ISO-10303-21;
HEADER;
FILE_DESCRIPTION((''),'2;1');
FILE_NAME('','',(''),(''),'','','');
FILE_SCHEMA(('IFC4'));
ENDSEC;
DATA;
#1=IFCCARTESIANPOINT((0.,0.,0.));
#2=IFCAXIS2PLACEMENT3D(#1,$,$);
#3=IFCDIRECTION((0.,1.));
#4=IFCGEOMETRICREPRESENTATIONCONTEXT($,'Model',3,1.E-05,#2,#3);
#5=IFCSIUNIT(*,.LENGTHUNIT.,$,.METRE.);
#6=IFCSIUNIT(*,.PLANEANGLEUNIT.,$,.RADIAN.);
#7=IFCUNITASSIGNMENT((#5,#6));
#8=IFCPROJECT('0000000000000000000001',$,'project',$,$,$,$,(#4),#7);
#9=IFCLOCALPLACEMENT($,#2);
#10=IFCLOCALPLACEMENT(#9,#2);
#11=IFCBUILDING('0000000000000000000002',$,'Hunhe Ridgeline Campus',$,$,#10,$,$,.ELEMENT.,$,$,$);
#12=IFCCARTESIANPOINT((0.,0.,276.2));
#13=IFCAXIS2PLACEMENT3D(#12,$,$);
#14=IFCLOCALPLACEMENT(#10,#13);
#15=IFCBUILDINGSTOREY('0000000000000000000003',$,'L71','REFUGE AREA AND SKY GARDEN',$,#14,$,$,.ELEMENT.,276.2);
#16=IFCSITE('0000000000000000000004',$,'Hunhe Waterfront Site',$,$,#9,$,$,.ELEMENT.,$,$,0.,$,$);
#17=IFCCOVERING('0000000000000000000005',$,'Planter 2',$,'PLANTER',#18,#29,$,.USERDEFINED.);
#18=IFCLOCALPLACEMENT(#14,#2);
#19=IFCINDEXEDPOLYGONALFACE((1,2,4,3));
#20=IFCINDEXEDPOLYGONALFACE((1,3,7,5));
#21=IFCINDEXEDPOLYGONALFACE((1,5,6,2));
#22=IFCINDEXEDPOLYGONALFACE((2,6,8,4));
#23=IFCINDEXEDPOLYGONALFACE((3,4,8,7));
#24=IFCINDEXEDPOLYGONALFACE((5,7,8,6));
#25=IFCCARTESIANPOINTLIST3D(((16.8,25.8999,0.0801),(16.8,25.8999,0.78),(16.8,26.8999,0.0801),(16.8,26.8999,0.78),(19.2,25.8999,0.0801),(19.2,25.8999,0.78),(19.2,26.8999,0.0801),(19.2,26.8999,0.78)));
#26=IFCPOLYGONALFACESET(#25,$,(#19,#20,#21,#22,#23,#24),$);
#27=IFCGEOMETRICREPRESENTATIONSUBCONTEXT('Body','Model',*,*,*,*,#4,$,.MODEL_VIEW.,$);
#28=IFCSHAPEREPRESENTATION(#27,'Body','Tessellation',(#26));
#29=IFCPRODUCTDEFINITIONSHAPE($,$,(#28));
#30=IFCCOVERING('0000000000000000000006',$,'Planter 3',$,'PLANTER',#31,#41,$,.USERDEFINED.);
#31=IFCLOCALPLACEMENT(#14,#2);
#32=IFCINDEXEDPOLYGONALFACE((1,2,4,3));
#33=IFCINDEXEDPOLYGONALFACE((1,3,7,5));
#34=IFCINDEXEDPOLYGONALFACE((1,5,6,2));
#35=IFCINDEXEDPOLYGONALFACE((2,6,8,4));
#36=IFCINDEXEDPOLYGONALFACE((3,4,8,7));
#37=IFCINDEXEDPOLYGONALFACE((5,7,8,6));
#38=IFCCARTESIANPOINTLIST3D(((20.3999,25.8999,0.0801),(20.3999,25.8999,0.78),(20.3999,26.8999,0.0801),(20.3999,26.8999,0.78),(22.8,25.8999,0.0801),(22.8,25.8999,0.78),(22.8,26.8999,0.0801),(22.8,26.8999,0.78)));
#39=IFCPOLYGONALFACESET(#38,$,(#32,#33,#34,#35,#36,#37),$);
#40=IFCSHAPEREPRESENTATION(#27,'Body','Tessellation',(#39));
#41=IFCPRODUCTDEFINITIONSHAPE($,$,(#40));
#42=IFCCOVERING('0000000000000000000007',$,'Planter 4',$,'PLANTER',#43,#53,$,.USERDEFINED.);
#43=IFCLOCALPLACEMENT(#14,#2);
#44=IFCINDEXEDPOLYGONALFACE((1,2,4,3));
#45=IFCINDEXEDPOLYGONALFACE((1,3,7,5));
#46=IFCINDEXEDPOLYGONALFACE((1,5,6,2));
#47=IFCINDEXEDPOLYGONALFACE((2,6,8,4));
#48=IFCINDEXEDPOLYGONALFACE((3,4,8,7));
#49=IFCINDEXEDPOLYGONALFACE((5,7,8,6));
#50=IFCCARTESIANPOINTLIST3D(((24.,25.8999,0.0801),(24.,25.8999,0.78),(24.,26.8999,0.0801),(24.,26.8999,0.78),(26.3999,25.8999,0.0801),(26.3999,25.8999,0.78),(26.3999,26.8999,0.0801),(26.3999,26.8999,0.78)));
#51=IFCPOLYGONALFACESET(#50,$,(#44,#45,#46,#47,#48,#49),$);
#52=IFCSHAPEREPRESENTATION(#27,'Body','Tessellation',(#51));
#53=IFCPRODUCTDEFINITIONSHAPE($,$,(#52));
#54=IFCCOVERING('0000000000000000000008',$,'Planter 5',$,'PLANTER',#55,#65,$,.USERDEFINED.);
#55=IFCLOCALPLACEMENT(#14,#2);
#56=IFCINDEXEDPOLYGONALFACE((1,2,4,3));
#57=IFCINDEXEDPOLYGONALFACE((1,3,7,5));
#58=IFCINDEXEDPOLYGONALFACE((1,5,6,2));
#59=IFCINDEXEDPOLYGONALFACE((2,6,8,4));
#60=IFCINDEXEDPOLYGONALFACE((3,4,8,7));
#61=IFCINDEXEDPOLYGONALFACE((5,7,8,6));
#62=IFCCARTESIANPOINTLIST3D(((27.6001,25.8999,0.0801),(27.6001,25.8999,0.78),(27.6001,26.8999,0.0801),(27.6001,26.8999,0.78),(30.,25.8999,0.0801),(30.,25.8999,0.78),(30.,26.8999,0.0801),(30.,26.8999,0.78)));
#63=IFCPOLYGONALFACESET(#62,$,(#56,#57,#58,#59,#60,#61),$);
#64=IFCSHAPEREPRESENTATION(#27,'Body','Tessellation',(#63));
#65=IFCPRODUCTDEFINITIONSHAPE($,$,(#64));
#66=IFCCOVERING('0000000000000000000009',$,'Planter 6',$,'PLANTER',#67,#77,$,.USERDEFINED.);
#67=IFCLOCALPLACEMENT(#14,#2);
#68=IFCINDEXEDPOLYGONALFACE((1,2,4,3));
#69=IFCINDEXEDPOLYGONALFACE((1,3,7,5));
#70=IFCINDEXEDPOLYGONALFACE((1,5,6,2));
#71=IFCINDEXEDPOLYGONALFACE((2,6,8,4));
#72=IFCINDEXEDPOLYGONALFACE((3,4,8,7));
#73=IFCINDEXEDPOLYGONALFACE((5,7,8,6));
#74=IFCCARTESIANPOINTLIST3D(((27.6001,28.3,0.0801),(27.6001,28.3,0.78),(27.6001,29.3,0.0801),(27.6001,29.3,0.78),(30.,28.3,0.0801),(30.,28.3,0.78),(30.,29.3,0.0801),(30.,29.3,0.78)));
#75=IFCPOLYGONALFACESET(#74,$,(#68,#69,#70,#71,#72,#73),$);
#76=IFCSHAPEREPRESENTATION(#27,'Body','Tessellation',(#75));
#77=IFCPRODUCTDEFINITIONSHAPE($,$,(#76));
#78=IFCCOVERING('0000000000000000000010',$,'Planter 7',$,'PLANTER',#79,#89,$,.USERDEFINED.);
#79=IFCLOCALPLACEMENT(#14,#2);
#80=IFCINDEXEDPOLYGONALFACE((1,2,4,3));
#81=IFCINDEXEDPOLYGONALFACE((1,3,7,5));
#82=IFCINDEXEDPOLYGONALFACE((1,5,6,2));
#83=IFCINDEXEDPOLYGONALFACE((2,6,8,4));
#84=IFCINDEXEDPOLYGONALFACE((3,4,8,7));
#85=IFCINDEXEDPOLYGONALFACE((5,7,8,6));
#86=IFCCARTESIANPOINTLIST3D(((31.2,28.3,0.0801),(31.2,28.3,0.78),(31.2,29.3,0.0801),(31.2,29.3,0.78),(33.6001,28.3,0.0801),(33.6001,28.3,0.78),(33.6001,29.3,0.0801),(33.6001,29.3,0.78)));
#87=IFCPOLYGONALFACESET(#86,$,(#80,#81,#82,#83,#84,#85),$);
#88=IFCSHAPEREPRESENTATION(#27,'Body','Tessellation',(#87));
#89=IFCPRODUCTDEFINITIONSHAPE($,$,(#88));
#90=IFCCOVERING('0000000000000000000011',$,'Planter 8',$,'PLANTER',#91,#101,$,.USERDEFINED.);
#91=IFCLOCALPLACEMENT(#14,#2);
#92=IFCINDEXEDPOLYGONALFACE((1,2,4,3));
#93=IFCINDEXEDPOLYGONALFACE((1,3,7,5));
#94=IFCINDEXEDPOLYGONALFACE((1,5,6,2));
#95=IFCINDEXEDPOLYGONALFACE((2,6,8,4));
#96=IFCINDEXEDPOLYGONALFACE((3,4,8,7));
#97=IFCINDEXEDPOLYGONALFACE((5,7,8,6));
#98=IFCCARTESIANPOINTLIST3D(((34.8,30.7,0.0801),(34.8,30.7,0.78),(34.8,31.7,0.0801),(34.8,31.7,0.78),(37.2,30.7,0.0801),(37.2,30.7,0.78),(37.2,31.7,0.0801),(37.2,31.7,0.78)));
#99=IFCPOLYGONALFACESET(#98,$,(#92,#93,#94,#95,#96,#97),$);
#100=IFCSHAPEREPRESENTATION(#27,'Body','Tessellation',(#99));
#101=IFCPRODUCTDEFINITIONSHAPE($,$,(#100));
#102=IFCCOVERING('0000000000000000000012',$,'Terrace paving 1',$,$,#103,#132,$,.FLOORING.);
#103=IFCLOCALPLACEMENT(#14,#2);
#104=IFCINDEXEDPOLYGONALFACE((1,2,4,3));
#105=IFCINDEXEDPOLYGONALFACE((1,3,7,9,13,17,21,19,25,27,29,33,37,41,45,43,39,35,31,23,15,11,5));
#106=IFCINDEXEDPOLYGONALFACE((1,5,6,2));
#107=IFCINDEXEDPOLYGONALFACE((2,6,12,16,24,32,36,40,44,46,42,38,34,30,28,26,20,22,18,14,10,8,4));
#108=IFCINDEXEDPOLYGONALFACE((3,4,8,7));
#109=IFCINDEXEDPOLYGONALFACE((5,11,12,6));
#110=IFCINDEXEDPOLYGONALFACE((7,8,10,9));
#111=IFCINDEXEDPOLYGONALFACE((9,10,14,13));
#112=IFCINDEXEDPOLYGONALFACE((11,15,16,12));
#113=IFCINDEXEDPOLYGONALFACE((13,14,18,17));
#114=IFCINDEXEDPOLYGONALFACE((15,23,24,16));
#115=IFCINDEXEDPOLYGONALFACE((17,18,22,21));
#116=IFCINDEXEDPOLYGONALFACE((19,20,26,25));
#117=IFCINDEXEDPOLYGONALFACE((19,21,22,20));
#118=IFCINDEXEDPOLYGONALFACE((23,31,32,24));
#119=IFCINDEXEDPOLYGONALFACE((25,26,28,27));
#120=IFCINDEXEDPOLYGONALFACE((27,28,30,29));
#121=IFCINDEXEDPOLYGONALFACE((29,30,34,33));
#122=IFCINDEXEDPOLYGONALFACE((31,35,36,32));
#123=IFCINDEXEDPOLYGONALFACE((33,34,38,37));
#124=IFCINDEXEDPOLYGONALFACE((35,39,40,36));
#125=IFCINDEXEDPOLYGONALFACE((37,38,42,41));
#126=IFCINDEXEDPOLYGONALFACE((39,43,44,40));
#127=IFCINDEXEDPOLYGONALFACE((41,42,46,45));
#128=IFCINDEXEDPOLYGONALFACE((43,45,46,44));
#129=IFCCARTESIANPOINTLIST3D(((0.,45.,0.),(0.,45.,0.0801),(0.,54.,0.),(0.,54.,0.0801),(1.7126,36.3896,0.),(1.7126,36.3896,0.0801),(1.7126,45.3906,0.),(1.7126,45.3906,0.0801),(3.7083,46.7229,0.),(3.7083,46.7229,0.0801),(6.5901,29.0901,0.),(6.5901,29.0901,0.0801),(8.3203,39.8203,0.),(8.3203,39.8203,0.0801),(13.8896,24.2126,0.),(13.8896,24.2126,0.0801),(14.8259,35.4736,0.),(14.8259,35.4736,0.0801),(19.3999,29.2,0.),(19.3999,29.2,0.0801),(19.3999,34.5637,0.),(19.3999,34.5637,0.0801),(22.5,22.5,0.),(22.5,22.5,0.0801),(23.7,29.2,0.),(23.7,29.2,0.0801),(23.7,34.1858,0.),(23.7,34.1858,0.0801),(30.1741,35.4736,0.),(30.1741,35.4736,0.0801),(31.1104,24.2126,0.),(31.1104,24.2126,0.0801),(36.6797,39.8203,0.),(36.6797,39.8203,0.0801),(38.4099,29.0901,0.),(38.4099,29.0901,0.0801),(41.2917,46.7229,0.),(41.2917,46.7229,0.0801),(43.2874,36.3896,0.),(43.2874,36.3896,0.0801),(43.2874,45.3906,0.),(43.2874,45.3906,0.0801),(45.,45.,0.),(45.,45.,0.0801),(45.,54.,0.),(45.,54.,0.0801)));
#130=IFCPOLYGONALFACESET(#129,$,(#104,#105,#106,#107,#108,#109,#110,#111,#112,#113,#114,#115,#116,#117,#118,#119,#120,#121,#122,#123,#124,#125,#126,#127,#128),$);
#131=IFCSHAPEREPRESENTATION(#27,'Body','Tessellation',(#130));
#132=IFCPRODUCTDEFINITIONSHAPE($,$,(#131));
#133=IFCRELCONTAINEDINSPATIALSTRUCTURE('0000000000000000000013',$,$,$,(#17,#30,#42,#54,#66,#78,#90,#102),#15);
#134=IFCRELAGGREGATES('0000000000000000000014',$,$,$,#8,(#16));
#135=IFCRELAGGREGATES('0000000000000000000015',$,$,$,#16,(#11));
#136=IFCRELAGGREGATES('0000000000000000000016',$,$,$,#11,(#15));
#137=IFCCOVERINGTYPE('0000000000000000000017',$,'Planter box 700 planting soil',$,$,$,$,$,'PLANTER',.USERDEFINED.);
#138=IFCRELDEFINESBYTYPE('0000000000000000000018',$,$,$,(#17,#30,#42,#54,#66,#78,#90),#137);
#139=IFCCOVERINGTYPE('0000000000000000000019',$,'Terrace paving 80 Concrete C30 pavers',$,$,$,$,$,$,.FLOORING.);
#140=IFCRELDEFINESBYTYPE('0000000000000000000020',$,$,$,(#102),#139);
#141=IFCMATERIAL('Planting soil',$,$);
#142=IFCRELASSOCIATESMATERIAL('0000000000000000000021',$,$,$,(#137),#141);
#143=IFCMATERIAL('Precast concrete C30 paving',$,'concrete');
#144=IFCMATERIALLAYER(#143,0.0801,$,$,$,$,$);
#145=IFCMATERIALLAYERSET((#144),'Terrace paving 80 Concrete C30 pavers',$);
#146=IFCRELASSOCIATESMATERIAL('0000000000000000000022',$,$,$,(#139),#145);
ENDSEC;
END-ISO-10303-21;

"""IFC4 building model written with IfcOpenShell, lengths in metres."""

from ifc_helpers import new_model, si_unit, direction, frame, origin, place, context, subcontext, project, spatial, polyline, outline, extrude, material, layer, layer_set, type_object, element, save


model = new_model("IFC4")

# Units and contexts
model_context = context("Model", 3, precision=1e-05, world=origin(), true_north=direction((0.0, 1.0)))
body_context = subcontext(model_context, "Body", "Model", "MODEL_VIEW")
ifc_project = project(units=[si_unit("LENGTHUNIT", "METRE"), si_unit("PLANEANGLEUNIT", "RADIAN")], contexts=[model_context])

# Site, building, storey
site_placement = place(None, origin())
site = spatial("IfcSite", under=ifc_project, at=site_placement, Name="Hunhe Waterfront Site", CompositionType="ELEMENT", RefElevation=0.0)
building_placement = place(site_placement, origin())
building = spatial("IfcBuilding", under=site, at=building_placement, Name="Hunhe Ridgeline Campus", CompositionType="ELEMENT")
storey_placement = place(building_placement, frame((0.0, 0.0, 276.2)))
storey = spatial("IfcBuildingStorey", under=building, at=storey_placement, Name="L71", Description="REFUGE AREA AND SKY GARDEN", CompositionType="ELEMENT", Elevation=276.2)

# Coverings
ifc_material_1 = material(Name="Planting soil")
covering_type_1 = type_object("IfcCoveringType", Name="Planter box 700 planting soil", ElementType="PLANTER", PredefinedType="USERDEFINED", material=ifc_material_1)
covering_1_placement = place(storey_placement, frame((0.0, 0.0, 0.0801)))
element("IfcCovering", 1, at=covering_1_placement, inside=storey, type_object=covering_type_1, Name="Planter 2", ObjectType="PLANTER", PredefinedType="USERDEFINED", context=body_context, shape_type="SweptSolid", body=[
    extrude(outline(polyline([(16.8, 25.8999), (19.2, 25.8999), (19.2, 26.8999), (16.8, 26.8999), (16.8, 25.8999)])), origin(), (0.0, 0.0, 1.0), 0.7),
])
covering_2_placement = place(storey_placement, frame((0.0, 0.0, 0.0801)))
element("IfcCovering", 2, at=covering_2_placement, inside=storey, type_object=covering_type_1, Name="Planter 3", ObjectType="PLANTER", PredefinedType="USERDEFINED", context=body_context, shape_type="SweptSolid", body=[
    extrude(outline(polyline([(20.3999, 25.8999), (22.8, 25.8999), (22.8, 26.8999), (20.3999, 26.8999), (20.3999, 25.8999)])), origin(), (0.0, 0.0, 1.0), 0.7),
])
covering_3_placement = place(storey_placement, frame((0.0, 0.0, 0.0801)))
element("IfcCovering", 3, at=covering_3_placement, inside=storey, type_object=covering_type_1, Name="Planter 4", ObjectType="PLANTER", PredefinedType="USERDEFINED", context=body_context, shape_type="SweptSolid", body=[
    extrude(outline(polyline([(24.0, 25.8999), (26.3999, 25.8999), (26.3999, 26.8999), (24.0, 26.8999), (24.0, 25.8999)])), origin(), (0.0, 0.0, 1.0), 0.7),
])
covering_4_placement = place(storey_placement, frame((0.0, 0.0, 0.0801)))
element("IfcCovering", 4, at=covering_4_placement, inside=storey, type_object=covering_type_1, Name="Planter 5", ObjectType="PLANTER", PredefinedType="USERDEFINED", context=body_context, shape_type="SweptSolid", body=[
    extrude(outline(polyline([(27.6001, 25.8999), (30.0, 25.8999), (30.0, 26.8999), (27.6001, 26.8999), (27.6001, 25.8999)])), origin(), (0.0, 0.0, 1.0), 0.7),
])
covering_5_placement = place(storey_placement, frame((0.0, 0.0, 0.0801)))
element("IfcCovering", 5, at=covering_5_placement, inside=storey, type_object=covering_type_1, Name="Planter 6", ObjectType="PLANTER", PredefinedType="USERDEFINED", context=body_context, shape_type="SweptSolid", body=[
    extrude(outline(polyline([(27.6001, 28.3), (30.0, 28.3), (30.0, 29.3), (27.6001, 29.3), (27.6001, 28.3)])), origin(), (0.0, 0.0, 1.0), 0.7),
])
covering_6_placement = place(storey_placement, frame((0.0, 0.0, 0.0801)))
element("IfcCovering", 6, at=covering_6_placement, inside=storey, type_object=covering_type_1, Name="Planter 7", ObjectType="PLANTER", PredefinedType="USERDEFINED", context=body_context, shape_type="SweptSolid", body=[
    extrude(outline(polyline([(31.2, 28.3), (33.6001, 28.3), (33.6001, 29.3), (31.2, 29.3), (31.2, 28.3)])), origin(), (0.0, 0.0, 1.0), 0.7),
])
covering_7_placement = place(storey_placement, frame((0.0, 0.0, 0.0801)))
element("IfcCovering", 7, at=covering_7_placement, inside=storey, type_object=covering_type_1, Name="Planter 8", ObjectType="PLANTER", PredefinedType="USERDEFINED", context=body_context, shape_type="SweptSolid", body=[
    extrude(outline(polyline([(34.8, 30.7), (37.2, 30.7), (37.2, 31.7), (34.8, 31.7), (34.8, 30.7)])), origin(), (0.0, 0.0, 1.0), 0.7),
])
ifc_material_2 = material(Name="Precast concrete C30 paving", Category="concrete")
ifc_layer_1 = layer(ifc_material_2, 0.0801)
ifc_layer_set_1 = layer_set([ifc_layer_1], Name="Terrace paving 80 Concrete C30 pavers")
covering_type_2 = type_object("IfcCoveringType", Name="Terrace paving 80 Concrete C30 pavers", PredefinedType="FLOORING", material=ifc_layer_set_1)
covering_8_placement = place(storey_placement, origin())
element("IfcCovering", 8, at=covering_8_placement, inside=storey, type_object=covering_type_2, Name="Terrace paving 1", PredefinedType="FLOORING", context=body_context, shape_type="SweptSolid", body=[
    extrude(outline(polyline([(0.0, 54.0), (0.0, 45.0), (1.7126, 36.3896), (6.5901, 29.0901), (13.8896, 24.2126), (22.5, 22.5), (31.1104, 24.2126), (38.4099, 29.0901), (43.2874, 36.3896), (45.0, 45.0), (45.0, 54.0), (43.2874, 45.3906), (41.2917, 46.7229), (36.6797, 39.8203), (30.1741, 35.4736), (23.7, 34.1858), (23.7, 29.2), (19.3999, 29.2), (19.3999, 34.5637), (14.8259, 35.4736), (8.3203, 39.8203), (3.7083, 46.7229), (1.7126, 45.3906), (0.0, 54.0)])), origin(), (0.0, 0.0, 1.0), 0.0801),
])

save(model, "model.ifc")
